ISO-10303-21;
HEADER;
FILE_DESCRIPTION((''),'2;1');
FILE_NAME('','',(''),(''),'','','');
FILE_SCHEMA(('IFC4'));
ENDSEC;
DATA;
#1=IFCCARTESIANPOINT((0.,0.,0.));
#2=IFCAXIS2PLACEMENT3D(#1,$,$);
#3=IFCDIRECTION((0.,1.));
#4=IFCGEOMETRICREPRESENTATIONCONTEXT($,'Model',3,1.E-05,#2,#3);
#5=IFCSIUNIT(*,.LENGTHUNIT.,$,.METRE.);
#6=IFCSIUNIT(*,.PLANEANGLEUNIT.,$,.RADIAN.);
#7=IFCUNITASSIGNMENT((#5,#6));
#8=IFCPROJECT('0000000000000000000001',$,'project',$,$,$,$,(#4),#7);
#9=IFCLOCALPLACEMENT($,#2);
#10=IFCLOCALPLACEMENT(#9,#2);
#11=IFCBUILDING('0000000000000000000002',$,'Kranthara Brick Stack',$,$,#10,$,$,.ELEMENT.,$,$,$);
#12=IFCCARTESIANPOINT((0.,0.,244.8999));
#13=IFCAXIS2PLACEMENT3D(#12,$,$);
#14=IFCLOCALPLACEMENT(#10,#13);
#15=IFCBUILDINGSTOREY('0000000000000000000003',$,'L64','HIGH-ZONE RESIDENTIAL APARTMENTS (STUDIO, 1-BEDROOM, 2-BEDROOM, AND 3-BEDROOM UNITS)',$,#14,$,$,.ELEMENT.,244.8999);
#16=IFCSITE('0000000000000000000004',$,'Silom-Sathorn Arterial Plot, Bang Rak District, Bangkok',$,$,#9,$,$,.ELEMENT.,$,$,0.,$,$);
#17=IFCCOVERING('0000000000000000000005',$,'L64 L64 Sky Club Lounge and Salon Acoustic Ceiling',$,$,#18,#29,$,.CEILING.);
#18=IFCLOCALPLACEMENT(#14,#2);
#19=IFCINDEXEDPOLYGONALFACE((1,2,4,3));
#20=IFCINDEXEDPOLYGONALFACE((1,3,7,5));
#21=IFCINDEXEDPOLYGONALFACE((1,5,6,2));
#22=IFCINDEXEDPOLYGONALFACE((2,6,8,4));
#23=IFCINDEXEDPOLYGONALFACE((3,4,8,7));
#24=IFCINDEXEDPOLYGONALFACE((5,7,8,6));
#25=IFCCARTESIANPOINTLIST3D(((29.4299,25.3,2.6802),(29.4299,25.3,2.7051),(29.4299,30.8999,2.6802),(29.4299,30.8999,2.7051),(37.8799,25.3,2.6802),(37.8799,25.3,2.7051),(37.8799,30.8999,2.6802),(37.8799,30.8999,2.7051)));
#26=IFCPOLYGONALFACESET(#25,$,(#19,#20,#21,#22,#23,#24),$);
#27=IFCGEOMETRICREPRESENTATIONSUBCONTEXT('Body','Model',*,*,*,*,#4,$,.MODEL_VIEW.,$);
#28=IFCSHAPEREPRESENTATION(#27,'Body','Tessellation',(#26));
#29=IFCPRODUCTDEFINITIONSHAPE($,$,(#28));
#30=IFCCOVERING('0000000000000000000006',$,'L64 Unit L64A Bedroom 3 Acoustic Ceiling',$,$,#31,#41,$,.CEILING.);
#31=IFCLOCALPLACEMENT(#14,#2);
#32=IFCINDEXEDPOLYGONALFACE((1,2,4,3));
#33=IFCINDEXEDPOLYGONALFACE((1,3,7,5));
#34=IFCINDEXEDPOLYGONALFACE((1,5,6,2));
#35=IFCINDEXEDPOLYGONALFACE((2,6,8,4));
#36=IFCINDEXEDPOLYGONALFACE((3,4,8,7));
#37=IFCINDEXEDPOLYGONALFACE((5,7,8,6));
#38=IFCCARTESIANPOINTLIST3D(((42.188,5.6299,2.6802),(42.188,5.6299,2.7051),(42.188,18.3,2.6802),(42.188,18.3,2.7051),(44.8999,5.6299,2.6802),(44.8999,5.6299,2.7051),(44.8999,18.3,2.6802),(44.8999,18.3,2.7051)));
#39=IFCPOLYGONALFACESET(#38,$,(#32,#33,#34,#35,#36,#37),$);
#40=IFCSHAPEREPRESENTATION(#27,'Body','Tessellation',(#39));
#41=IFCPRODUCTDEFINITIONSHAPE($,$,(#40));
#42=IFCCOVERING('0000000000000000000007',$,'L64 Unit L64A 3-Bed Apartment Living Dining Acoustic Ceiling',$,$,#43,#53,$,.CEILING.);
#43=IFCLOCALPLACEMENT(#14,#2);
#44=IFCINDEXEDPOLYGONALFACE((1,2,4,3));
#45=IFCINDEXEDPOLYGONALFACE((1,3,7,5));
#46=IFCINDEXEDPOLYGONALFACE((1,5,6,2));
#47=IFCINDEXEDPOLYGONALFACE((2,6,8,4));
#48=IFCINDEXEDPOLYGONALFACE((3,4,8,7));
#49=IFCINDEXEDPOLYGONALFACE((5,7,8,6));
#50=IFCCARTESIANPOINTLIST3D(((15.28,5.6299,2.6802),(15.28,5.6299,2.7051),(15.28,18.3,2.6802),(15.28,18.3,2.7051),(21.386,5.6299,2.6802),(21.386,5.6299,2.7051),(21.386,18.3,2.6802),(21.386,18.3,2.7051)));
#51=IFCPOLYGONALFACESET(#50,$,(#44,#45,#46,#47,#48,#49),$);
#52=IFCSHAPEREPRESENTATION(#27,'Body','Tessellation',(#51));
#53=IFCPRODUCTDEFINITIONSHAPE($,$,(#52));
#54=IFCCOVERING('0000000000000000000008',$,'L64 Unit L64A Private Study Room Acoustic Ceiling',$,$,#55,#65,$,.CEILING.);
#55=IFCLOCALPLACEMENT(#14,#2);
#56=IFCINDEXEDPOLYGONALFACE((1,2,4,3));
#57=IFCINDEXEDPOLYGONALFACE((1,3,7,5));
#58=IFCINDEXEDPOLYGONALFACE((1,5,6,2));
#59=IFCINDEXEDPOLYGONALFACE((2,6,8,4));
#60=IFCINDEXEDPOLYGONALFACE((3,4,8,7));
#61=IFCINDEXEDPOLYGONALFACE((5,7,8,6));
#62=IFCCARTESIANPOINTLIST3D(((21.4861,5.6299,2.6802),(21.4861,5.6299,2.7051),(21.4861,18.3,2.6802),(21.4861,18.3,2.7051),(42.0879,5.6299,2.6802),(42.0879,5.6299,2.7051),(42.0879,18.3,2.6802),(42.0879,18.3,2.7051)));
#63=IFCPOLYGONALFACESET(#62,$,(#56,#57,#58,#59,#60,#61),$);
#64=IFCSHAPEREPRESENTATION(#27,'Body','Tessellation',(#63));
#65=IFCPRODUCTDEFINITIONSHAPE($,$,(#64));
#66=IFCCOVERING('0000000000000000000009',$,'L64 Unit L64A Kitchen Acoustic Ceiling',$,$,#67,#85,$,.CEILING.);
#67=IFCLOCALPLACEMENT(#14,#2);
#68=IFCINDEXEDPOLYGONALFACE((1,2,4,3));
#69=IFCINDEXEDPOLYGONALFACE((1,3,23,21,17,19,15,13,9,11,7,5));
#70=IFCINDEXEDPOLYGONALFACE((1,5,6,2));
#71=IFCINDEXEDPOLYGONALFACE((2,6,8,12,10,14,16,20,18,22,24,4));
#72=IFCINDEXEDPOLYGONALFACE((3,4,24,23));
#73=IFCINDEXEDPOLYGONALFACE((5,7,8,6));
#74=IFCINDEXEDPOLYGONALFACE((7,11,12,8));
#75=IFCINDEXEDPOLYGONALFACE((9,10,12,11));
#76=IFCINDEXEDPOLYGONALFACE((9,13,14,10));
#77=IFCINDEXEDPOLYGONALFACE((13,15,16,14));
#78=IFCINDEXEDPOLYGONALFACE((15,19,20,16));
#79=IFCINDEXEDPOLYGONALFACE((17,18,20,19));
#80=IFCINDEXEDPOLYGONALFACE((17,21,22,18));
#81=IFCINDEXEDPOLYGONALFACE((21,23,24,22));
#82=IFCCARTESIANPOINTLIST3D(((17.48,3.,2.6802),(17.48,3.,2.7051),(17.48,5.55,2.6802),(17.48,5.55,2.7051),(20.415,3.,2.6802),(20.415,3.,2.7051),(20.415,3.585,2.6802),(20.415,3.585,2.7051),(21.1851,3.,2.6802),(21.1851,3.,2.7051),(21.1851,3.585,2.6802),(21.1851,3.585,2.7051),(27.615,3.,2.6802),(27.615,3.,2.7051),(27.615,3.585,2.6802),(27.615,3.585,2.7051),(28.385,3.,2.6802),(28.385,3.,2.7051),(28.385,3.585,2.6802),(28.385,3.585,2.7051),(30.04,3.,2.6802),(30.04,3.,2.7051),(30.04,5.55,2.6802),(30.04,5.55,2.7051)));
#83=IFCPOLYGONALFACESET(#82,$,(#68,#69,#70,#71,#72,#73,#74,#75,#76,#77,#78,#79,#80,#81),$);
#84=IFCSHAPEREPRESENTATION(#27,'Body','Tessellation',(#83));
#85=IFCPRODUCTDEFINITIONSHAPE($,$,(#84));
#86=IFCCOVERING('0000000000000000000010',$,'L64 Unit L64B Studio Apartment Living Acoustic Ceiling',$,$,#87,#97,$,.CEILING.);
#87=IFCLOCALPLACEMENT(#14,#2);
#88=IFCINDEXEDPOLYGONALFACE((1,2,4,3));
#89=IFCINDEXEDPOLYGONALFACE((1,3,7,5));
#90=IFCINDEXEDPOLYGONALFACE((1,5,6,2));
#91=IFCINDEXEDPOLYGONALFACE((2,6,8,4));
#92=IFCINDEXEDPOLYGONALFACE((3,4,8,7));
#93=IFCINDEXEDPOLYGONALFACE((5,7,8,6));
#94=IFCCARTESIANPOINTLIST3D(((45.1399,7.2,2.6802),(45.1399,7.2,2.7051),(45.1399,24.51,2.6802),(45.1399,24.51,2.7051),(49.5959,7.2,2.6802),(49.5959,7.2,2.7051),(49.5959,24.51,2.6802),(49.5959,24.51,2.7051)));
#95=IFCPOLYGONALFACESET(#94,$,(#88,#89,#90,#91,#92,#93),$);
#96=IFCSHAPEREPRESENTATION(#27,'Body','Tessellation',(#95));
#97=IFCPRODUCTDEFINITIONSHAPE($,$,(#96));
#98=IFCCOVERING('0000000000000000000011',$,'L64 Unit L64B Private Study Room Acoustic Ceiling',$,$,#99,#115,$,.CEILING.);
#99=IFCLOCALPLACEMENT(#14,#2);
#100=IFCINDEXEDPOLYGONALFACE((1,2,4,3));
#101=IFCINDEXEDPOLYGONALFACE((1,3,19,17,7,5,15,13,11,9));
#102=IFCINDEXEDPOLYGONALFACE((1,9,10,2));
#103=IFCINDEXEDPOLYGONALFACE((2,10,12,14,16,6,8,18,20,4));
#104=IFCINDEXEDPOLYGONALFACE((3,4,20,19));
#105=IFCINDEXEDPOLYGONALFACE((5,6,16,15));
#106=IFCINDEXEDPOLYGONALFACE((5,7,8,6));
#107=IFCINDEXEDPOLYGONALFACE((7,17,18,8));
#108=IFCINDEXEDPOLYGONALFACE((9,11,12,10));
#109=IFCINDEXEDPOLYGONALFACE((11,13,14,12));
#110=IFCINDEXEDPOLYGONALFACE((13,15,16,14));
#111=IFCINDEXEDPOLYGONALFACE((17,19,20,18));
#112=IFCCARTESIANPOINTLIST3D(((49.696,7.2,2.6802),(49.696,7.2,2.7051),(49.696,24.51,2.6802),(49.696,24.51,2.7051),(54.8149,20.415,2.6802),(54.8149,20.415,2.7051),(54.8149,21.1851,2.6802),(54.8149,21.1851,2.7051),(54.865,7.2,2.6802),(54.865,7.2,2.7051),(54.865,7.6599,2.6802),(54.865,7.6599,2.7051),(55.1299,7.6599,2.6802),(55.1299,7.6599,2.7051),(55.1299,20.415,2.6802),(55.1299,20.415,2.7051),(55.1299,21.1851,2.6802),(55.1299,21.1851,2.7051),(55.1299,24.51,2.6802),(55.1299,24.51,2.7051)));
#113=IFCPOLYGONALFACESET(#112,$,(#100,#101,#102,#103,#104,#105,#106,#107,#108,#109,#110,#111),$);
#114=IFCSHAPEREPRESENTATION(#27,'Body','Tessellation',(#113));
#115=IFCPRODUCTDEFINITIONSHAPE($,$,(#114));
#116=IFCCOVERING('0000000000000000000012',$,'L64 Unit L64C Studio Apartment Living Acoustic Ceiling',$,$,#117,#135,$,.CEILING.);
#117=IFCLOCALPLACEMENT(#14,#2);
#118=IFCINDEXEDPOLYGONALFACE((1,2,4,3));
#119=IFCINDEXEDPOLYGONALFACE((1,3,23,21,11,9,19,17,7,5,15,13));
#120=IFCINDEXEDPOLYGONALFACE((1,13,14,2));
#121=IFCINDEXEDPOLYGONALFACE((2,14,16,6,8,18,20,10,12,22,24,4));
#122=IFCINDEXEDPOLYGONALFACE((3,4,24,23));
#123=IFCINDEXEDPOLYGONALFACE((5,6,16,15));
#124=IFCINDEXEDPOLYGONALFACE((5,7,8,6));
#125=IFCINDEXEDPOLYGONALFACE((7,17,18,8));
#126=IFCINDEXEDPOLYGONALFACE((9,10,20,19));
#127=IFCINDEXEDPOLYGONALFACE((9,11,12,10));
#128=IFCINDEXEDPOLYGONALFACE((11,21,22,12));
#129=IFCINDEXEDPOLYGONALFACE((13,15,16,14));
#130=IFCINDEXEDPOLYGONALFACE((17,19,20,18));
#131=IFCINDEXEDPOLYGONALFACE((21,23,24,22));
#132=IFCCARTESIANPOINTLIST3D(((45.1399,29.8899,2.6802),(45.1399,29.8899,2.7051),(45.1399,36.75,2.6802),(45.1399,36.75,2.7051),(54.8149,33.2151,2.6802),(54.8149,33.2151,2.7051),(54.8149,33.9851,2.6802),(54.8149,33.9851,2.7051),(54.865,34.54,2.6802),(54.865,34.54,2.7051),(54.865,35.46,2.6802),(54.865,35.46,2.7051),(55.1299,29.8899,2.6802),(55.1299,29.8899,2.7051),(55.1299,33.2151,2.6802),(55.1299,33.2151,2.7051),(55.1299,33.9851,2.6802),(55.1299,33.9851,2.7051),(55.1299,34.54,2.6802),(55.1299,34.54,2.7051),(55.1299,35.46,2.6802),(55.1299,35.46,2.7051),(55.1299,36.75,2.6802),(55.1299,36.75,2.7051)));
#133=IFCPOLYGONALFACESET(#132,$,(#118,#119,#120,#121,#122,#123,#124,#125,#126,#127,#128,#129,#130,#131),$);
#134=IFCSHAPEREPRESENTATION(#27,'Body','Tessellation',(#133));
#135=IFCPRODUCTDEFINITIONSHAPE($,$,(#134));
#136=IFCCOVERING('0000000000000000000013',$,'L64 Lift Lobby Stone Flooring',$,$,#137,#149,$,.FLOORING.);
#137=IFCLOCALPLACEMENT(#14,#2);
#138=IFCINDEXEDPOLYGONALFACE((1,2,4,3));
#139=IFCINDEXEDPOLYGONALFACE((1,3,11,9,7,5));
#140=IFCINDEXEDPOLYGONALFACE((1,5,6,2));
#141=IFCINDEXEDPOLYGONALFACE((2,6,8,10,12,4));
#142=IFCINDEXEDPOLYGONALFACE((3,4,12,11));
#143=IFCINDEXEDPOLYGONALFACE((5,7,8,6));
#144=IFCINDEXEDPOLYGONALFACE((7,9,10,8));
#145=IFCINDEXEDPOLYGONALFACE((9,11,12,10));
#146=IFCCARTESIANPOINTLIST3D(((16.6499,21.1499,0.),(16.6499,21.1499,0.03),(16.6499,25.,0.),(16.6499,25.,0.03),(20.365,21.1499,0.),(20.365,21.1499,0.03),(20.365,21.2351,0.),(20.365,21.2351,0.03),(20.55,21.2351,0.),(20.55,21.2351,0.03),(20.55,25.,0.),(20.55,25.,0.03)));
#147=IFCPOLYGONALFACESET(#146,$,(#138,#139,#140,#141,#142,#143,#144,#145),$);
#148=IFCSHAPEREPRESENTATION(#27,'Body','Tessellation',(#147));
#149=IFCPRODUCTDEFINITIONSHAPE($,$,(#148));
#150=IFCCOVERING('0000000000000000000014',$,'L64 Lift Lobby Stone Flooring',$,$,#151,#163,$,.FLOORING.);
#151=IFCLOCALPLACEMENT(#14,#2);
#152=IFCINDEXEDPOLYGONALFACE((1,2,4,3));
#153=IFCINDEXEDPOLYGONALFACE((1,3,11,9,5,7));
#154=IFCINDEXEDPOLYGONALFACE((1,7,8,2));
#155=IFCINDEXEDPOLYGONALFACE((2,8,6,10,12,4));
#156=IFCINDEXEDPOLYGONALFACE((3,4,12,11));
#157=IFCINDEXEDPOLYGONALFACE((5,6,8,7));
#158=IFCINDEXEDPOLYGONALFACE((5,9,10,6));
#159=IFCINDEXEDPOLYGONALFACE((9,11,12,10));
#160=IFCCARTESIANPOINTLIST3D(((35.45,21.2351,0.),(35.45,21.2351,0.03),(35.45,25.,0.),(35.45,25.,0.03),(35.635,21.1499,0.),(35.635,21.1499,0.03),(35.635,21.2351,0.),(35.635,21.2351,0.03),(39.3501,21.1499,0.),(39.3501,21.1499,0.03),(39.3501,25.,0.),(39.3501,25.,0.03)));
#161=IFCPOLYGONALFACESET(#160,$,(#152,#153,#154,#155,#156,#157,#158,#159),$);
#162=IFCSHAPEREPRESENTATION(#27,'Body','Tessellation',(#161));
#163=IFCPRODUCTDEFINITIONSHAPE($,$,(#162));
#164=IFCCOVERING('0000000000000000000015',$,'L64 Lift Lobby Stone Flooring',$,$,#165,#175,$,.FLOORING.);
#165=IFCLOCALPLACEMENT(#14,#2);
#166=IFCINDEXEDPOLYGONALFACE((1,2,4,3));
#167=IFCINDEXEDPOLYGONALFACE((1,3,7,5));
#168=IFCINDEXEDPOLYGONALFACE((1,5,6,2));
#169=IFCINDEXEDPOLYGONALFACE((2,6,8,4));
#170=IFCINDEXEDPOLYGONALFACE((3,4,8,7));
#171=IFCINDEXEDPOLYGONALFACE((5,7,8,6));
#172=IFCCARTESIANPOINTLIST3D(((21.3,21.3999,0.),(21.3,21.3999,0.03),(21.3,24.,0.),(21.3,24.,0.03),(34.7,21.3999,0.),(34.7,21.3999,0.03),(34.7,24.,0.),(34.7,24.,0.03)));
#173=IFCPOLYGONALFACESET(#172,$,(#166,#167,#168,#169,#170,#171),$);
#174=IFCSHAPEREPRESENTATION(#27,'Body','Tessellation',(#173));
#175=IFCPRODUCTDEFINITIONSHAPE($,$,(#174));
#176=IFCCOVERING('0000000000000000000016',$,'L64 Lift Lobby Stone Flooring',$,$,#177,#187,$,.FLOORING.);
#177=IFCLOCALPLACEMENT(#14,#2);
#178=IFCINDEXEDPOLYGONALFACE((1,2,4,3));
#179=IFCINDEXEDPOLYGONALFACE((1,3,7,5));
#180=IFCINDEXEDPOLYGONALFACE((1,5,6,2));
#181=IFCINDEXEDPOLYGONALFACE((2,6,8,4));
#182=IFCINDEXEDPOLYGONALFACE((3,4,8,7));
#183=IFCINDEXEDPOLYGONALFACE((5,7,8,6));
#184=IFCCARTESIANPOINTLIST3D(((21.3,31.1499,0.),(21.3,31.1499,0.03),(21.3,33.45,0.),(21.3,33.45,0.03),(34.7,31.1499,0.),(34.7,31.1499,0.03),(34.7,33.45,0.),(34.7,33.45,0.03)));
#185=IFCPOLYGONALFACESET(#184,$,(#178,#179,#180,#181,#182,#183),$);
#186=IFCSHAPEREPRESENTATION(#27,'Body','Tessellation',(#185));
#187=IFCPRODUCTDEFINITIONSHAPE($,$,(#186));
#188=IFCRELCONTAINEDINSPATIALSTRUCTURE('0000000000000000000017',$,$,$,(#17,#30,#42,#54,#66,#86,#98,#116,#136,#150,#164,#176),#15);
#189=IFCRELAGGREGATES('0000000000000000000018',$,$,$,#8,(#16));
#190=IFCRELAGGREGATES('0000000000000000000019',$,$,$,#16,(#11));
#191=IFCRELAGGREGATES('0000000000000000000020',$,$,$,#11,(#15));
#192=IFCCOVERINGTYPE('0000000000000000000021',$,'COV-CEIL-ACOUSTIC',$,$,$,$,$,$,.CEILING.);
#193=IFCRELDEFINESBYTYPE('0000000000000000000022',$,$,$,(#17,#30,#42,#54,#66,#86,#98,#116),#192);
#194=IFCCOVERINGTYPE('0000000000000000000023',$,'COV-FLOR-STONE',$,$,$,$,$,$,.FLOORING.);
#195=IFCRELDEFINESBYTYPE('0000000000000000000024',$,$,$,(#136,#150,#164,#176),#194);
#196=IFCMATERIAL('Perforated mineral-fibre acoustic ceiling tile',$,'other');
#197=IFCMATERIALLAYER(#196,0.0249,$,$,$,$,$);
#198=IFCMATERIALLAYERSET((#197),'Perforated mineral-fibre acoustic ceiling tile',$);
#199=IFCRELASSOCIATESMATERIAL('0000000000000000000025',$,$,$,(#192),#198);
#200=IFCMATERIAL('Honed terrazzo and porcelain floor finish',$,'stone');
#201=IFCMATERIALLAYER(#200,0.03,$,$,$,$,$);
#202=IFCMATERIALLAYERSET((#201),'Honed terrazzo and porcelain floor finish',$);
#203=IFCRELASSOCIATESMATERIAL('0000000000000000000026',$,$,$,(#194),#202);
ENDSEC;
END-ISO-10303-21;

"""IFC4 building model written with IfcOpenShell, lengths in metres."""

from ifc_helpers import new_model, si_unit, direction, frame, origin, place, context, subcontext, project, spatial, polyline, outline, extrude, material, layer, layer_set, type_object, element, save


model = new_model("IFC4")

# Units and contexts
model_context = context("Model", 3, precision=1e-05, world=origin(), true_north=direction((0.0, 1.0)))
body_context = subcontext(model_context, "Body", "Model", "MODEL_VIEW")
ifc_project = project(units=[si_unit("LENGTHUNIT", "METRE"), si_unit("PLANEANGLEUNIT", "RADIAN")], contexts=[model_context])

# Site, building, storey
site_placement = place(None, origin())
site = spatial("IfcSite", under=ifc_project, at=site_placement, Name="Silom-Sathorn Arterial Plot, Bang Rak District, Bangkok", CompositionType="ELEMENT", RefElevation=0.0)
building_placement = place(site_placement, origin())
building = spatial("IfcBuilding", under=site, at=building_placement, Name="Kranthara Brick Stack", CompositionType="ELEMENT")
storey_placement = place(building_placement, frame((0.0, 0.0, 244.8999)))
storey = spatial("IfcBuildingStorey", under=building, at=storey_placement, Name="L64", Description="HIGH-ZONE RESIDENTIAL APARTMENTS (STUDIO, 1-BEDROOM, 2-BEDROOM, AND 3-BEDROOM UNITS)", CompositionType="ELEMENT", Elevation=244.8999)

# Coverings
ifc_material_1 = material(Name="Perforated mineral-fibre acoustic ceiling tile", Category="other")
ifc_layer_1 = layer(ifc_material_1, 0.0249)
ifc_layer_set_1 = layer_set([ifc_layer_1], Name="Perforated mineral-fibre acoustic ceiling tile")
covering_type_1 = type_object("IfcCoveringType", Name="COV-CEIL-ACOUSTIC", PredefinedType="CEILING", material=ifc_layer_set_1)
covering_1_placement = place(storey_placement, frame((0.0, 0.0, 2.6802)))
element("IfcCovering", 1, at=covering_1_placement, inside=storey, type_object=covering_type_1, Name="L64 L64 Sky Club Lounge and Salon Acoustic Ceiling", PredefinedType="CEILING", context=body_context, shape_type="SweptSolid", body=[
    extrude(outline(polyline([(37.8799, 25.3), (37.8799, 30.8999), (29.4299, 30.8999), (29.4299, 25.3), (37.8799, 25.3)])), origin(), (0.0, 0.0, 1.0), 0.0249),
])
covering_2_placement = place(storey_placement, frame((0.0, 0.0, 2.6802)))
element("IfcCovering", 2, at=covering_2_placement, inside=storey, type_object=covering_type_1, Name="L64 Unit L64A Bedroom 3 Acoustic Ceiling", PredefinedType="CEILING", context=body_context, shape_type="SweptSolid", body=[
    extrude(outline(polyline([(44.8999, 5.6299), (44.8999, 18.3), (42.188, 18.3), (42.188, 5.6299), (44.8999, 5.6299)])), origin(), (0.0, 0.0, 1.0), 0.0249),
])
covering_3_placement = place(storey_placement, frame((0.0, 0.0, 2.6802)))
element("IfcCovering", 3, at=covering_3_placement, inside=storey, type_object=covering_type_1, Name="L64 Unit L64A 3-Bed Apartment Living Dining Acoustic Ceiling", PredefinedType="CEILING", context=body_context, shape_type="SweptSolid", body=[
    extrude(outline(polyline([(21.386, 5.6299), (21.386, 18.3), (15.28, 18.3), (15.28, 5.6299), (21.386, 5.6299)])), origin(), (0.0, 0.0, 1.0), 0.0249),
])
covering_4_placement = place(storey_placement, frame((0.0, 0.0, 2.6802)))
element("IfcCovering", 4, at=covering_4_placement, inside=storey, type_object=covering_type_1, Name="L64 Unit L64A Private Study Room Acoustic Ceiling", PredefinedType="CEILING", context=body_context, shape_type="SweptSolid", body=[
    extrude(outline(polyline([(42.0879, 5.6299), (42.0879, 18.3), (21.4861, 18.3), (21.4861, 5.6299), (42.0879, 5.6299)])), origin(), (0.0, 0.0, 1.0), 0.0249),
])
covering_5_placement = place(storey_placement, frame((0.0, 0.0, 2.6802)))
element("IfcCovering", 5, at=covering_5_placement, inside=storey, type_object=covering_type_1, Name="L64 Unit L64A Kitchen Acoustic Ceiling", PredefinedType="CEILING", context=body_context, shape_type="SweptSolid", body=[
    extrude(outline(polyline([(17.48, 5.55), (30.04, 5.55), (30.04, 3.0), (28.385, 3.0), (28.385, 3.585), (27.615, 3.585), (27.615, 3.0), (21.1851, 3.0), (21.1851, 3.585), (20.415, 3.585), (20.415, 3.0), (17.48, 3.0), (17.48, 5.55)])), origin(), (0.0, 0.0, 1.0), 0.0249),
])
covering_6_placement = place(storey_placement, frame((0.0, 0.0, 2.6802)))
element("IfcCovering", 6, at=covering_6_placement, inside=storey, type_object=covering_type_1, Name="L64 Unit L64B Studio Apartment Living Acoustic Ceiling", PredefinedType="CEILING", context=body_context, shape_type="SweptSolid", body=[
    extrude(outline(polyline([(49.5959, 7.2), (49.5959, 24.51), (45.1399, 24.51), (45.1399, 7.2), (49.5959, 7.2)])), origin(), (0.0, 0.0, 1.0), 0.0249),
])
covering_7_placement = place(storey_placement, frame((0.0, 0.0, 2.6802)))
element("IfcCovering", 7, at=covering_7_placement, inside=storey, type_object=covering_type_1, Name="L64 Unit L64B Private Study Room Acoustic Ceiling", PredefinedType="CEILING", context=body_context, shape_type="SweptSolid", body=[
    extrude(outline(polyline([(49.696, 24.51), (55.1299, 24.51), (55.1299, 21.1851), (54.8149, 21.1851), (54.8149, 20.415), (55.1299, 20.415), (55.1299, 7.6599), (54.865, 7.6599), (54.865, 7.2), (49.696, 7.2), (49.696, 24.51)])), origin(), (0.0, 0.0, 1.0), 0.0249),
])
covering_8_placement = place(storey_placement, frame((0.0, 0.0, 2.6802)))
element("IfcCovering", 8, at=covering_8_placement, inside=storey, type_object=covering_type_1, Name="L64 Unit L64C Studio Apartment Living Acoustic Ceiling", PredefinedType="CEILING", context=body_context, shape_type="SweptSolid", body=[
    extrude(outline(polyline([(45.1399, 29.8899), (45.1399, 36.75), (55.1299, 36.75), (55.1299, 35.46), (54.865, 35.46), (54.865, 34.54), (55.1299, 34.54), (55.1299, 33.9851), (54.8149, 33.9851), (54.8149, 33.2151), (55.1299, 33.2151), (55.1299, 29.8899), (45.1399, 29.8899)])), origin(), (0.0, 0.0, 1.0), 0.0249),
])
ifc_material_2 = material(Name="Honed terrazzo and porcelain floor finish", Category="stone")
ifc_layer_2 = layer(ifc_material_2, 0.03)
ifc_layer_set_2 = layer_set([ifc_layer_2], Name="Honed terrazzo and porcelain floor finish")
covering_type_2 = type_object("IfcCoveringType", Name="COV-FLOR-STONE", PredefinedType="FLOORING", material=ifc_layer_set_2)
covering_9_placement = place(storey_placement, origin())
element("IfcCovering", 9, at=covering_9_placement, inside=storey, type_object=covering_type_2, Name="L64 Lift Lobby Stone Flooring", PredefinedType="FLOORING", context=body_context, shape_type="SweptSolid", body=[
    extrude(outline(polyline([(16.6499, 21.1499), (16.6499, 25.0), (20.55, 25.0), (20.55, 21.2351), (20.365, 21.2351), (20.365, 21.1499), (16.6499, 21.1499)])), origin(), (0.0, 0.0, 1.0), 0.03),
])
covering_10_placement = place(storey_placement, origin())
element("IfcCovering", 10, at=covering_10_placement, inside=storey, type_object=covering_type_2, Name="L64 Lift Lobby Stone Flooring", PredefinedType="FLOORING", context=body_context, shape_type="SweptSolid", body=[
    extrude(outline(polyline([(35.45, 25.0), (39.3501, 25.0), (39.3501, 21.1499), (35.635, 21.1499), (35.635, 21.2351), (35.45, 21.2351), (35.45, 25.0)])), origin(), (0.0, 0.0, 1.0), 0.03),
])
covering_11_placement = place(storey_placement, origin())
element("IfcCovering", 11, at=covering_11_placement, inside=storey, type_object=covering_type_2, Name="L64 Lift Lobby Stone Flooring", PredefinedType="FLOORING", context=body_context, shape_type="SweptSolid", body=[
    extrude(outline(polyline([(34.7, 21.3999), (34.7, 24.0), (21.3, 24.0), (21.3, 21.3999), (34.7, 21.3999)])), origin(), (0.0, 0.0, 1.0), 0.03),
])
covering_12_placement = place(storey_placement, origin())
element("IfcCovering", 12, at=covering_12_placement, inside=storey, type_object=covering_type_2, Name="L64 Lift Lobby Stone Flooring", PredefinedType="FLOORING", context=body_context, shape_type="SweptSolid", body=[
    extrude(outline(polyline([(34.7, 31.1499), (34.7, 33.45), (21.3, 33.45), (21.3, 31.1499), (34.7, 31.1499)])), origin(), (0.0, 0.0, 1.0), 0.03),
])

save(model, "model.ifc")
